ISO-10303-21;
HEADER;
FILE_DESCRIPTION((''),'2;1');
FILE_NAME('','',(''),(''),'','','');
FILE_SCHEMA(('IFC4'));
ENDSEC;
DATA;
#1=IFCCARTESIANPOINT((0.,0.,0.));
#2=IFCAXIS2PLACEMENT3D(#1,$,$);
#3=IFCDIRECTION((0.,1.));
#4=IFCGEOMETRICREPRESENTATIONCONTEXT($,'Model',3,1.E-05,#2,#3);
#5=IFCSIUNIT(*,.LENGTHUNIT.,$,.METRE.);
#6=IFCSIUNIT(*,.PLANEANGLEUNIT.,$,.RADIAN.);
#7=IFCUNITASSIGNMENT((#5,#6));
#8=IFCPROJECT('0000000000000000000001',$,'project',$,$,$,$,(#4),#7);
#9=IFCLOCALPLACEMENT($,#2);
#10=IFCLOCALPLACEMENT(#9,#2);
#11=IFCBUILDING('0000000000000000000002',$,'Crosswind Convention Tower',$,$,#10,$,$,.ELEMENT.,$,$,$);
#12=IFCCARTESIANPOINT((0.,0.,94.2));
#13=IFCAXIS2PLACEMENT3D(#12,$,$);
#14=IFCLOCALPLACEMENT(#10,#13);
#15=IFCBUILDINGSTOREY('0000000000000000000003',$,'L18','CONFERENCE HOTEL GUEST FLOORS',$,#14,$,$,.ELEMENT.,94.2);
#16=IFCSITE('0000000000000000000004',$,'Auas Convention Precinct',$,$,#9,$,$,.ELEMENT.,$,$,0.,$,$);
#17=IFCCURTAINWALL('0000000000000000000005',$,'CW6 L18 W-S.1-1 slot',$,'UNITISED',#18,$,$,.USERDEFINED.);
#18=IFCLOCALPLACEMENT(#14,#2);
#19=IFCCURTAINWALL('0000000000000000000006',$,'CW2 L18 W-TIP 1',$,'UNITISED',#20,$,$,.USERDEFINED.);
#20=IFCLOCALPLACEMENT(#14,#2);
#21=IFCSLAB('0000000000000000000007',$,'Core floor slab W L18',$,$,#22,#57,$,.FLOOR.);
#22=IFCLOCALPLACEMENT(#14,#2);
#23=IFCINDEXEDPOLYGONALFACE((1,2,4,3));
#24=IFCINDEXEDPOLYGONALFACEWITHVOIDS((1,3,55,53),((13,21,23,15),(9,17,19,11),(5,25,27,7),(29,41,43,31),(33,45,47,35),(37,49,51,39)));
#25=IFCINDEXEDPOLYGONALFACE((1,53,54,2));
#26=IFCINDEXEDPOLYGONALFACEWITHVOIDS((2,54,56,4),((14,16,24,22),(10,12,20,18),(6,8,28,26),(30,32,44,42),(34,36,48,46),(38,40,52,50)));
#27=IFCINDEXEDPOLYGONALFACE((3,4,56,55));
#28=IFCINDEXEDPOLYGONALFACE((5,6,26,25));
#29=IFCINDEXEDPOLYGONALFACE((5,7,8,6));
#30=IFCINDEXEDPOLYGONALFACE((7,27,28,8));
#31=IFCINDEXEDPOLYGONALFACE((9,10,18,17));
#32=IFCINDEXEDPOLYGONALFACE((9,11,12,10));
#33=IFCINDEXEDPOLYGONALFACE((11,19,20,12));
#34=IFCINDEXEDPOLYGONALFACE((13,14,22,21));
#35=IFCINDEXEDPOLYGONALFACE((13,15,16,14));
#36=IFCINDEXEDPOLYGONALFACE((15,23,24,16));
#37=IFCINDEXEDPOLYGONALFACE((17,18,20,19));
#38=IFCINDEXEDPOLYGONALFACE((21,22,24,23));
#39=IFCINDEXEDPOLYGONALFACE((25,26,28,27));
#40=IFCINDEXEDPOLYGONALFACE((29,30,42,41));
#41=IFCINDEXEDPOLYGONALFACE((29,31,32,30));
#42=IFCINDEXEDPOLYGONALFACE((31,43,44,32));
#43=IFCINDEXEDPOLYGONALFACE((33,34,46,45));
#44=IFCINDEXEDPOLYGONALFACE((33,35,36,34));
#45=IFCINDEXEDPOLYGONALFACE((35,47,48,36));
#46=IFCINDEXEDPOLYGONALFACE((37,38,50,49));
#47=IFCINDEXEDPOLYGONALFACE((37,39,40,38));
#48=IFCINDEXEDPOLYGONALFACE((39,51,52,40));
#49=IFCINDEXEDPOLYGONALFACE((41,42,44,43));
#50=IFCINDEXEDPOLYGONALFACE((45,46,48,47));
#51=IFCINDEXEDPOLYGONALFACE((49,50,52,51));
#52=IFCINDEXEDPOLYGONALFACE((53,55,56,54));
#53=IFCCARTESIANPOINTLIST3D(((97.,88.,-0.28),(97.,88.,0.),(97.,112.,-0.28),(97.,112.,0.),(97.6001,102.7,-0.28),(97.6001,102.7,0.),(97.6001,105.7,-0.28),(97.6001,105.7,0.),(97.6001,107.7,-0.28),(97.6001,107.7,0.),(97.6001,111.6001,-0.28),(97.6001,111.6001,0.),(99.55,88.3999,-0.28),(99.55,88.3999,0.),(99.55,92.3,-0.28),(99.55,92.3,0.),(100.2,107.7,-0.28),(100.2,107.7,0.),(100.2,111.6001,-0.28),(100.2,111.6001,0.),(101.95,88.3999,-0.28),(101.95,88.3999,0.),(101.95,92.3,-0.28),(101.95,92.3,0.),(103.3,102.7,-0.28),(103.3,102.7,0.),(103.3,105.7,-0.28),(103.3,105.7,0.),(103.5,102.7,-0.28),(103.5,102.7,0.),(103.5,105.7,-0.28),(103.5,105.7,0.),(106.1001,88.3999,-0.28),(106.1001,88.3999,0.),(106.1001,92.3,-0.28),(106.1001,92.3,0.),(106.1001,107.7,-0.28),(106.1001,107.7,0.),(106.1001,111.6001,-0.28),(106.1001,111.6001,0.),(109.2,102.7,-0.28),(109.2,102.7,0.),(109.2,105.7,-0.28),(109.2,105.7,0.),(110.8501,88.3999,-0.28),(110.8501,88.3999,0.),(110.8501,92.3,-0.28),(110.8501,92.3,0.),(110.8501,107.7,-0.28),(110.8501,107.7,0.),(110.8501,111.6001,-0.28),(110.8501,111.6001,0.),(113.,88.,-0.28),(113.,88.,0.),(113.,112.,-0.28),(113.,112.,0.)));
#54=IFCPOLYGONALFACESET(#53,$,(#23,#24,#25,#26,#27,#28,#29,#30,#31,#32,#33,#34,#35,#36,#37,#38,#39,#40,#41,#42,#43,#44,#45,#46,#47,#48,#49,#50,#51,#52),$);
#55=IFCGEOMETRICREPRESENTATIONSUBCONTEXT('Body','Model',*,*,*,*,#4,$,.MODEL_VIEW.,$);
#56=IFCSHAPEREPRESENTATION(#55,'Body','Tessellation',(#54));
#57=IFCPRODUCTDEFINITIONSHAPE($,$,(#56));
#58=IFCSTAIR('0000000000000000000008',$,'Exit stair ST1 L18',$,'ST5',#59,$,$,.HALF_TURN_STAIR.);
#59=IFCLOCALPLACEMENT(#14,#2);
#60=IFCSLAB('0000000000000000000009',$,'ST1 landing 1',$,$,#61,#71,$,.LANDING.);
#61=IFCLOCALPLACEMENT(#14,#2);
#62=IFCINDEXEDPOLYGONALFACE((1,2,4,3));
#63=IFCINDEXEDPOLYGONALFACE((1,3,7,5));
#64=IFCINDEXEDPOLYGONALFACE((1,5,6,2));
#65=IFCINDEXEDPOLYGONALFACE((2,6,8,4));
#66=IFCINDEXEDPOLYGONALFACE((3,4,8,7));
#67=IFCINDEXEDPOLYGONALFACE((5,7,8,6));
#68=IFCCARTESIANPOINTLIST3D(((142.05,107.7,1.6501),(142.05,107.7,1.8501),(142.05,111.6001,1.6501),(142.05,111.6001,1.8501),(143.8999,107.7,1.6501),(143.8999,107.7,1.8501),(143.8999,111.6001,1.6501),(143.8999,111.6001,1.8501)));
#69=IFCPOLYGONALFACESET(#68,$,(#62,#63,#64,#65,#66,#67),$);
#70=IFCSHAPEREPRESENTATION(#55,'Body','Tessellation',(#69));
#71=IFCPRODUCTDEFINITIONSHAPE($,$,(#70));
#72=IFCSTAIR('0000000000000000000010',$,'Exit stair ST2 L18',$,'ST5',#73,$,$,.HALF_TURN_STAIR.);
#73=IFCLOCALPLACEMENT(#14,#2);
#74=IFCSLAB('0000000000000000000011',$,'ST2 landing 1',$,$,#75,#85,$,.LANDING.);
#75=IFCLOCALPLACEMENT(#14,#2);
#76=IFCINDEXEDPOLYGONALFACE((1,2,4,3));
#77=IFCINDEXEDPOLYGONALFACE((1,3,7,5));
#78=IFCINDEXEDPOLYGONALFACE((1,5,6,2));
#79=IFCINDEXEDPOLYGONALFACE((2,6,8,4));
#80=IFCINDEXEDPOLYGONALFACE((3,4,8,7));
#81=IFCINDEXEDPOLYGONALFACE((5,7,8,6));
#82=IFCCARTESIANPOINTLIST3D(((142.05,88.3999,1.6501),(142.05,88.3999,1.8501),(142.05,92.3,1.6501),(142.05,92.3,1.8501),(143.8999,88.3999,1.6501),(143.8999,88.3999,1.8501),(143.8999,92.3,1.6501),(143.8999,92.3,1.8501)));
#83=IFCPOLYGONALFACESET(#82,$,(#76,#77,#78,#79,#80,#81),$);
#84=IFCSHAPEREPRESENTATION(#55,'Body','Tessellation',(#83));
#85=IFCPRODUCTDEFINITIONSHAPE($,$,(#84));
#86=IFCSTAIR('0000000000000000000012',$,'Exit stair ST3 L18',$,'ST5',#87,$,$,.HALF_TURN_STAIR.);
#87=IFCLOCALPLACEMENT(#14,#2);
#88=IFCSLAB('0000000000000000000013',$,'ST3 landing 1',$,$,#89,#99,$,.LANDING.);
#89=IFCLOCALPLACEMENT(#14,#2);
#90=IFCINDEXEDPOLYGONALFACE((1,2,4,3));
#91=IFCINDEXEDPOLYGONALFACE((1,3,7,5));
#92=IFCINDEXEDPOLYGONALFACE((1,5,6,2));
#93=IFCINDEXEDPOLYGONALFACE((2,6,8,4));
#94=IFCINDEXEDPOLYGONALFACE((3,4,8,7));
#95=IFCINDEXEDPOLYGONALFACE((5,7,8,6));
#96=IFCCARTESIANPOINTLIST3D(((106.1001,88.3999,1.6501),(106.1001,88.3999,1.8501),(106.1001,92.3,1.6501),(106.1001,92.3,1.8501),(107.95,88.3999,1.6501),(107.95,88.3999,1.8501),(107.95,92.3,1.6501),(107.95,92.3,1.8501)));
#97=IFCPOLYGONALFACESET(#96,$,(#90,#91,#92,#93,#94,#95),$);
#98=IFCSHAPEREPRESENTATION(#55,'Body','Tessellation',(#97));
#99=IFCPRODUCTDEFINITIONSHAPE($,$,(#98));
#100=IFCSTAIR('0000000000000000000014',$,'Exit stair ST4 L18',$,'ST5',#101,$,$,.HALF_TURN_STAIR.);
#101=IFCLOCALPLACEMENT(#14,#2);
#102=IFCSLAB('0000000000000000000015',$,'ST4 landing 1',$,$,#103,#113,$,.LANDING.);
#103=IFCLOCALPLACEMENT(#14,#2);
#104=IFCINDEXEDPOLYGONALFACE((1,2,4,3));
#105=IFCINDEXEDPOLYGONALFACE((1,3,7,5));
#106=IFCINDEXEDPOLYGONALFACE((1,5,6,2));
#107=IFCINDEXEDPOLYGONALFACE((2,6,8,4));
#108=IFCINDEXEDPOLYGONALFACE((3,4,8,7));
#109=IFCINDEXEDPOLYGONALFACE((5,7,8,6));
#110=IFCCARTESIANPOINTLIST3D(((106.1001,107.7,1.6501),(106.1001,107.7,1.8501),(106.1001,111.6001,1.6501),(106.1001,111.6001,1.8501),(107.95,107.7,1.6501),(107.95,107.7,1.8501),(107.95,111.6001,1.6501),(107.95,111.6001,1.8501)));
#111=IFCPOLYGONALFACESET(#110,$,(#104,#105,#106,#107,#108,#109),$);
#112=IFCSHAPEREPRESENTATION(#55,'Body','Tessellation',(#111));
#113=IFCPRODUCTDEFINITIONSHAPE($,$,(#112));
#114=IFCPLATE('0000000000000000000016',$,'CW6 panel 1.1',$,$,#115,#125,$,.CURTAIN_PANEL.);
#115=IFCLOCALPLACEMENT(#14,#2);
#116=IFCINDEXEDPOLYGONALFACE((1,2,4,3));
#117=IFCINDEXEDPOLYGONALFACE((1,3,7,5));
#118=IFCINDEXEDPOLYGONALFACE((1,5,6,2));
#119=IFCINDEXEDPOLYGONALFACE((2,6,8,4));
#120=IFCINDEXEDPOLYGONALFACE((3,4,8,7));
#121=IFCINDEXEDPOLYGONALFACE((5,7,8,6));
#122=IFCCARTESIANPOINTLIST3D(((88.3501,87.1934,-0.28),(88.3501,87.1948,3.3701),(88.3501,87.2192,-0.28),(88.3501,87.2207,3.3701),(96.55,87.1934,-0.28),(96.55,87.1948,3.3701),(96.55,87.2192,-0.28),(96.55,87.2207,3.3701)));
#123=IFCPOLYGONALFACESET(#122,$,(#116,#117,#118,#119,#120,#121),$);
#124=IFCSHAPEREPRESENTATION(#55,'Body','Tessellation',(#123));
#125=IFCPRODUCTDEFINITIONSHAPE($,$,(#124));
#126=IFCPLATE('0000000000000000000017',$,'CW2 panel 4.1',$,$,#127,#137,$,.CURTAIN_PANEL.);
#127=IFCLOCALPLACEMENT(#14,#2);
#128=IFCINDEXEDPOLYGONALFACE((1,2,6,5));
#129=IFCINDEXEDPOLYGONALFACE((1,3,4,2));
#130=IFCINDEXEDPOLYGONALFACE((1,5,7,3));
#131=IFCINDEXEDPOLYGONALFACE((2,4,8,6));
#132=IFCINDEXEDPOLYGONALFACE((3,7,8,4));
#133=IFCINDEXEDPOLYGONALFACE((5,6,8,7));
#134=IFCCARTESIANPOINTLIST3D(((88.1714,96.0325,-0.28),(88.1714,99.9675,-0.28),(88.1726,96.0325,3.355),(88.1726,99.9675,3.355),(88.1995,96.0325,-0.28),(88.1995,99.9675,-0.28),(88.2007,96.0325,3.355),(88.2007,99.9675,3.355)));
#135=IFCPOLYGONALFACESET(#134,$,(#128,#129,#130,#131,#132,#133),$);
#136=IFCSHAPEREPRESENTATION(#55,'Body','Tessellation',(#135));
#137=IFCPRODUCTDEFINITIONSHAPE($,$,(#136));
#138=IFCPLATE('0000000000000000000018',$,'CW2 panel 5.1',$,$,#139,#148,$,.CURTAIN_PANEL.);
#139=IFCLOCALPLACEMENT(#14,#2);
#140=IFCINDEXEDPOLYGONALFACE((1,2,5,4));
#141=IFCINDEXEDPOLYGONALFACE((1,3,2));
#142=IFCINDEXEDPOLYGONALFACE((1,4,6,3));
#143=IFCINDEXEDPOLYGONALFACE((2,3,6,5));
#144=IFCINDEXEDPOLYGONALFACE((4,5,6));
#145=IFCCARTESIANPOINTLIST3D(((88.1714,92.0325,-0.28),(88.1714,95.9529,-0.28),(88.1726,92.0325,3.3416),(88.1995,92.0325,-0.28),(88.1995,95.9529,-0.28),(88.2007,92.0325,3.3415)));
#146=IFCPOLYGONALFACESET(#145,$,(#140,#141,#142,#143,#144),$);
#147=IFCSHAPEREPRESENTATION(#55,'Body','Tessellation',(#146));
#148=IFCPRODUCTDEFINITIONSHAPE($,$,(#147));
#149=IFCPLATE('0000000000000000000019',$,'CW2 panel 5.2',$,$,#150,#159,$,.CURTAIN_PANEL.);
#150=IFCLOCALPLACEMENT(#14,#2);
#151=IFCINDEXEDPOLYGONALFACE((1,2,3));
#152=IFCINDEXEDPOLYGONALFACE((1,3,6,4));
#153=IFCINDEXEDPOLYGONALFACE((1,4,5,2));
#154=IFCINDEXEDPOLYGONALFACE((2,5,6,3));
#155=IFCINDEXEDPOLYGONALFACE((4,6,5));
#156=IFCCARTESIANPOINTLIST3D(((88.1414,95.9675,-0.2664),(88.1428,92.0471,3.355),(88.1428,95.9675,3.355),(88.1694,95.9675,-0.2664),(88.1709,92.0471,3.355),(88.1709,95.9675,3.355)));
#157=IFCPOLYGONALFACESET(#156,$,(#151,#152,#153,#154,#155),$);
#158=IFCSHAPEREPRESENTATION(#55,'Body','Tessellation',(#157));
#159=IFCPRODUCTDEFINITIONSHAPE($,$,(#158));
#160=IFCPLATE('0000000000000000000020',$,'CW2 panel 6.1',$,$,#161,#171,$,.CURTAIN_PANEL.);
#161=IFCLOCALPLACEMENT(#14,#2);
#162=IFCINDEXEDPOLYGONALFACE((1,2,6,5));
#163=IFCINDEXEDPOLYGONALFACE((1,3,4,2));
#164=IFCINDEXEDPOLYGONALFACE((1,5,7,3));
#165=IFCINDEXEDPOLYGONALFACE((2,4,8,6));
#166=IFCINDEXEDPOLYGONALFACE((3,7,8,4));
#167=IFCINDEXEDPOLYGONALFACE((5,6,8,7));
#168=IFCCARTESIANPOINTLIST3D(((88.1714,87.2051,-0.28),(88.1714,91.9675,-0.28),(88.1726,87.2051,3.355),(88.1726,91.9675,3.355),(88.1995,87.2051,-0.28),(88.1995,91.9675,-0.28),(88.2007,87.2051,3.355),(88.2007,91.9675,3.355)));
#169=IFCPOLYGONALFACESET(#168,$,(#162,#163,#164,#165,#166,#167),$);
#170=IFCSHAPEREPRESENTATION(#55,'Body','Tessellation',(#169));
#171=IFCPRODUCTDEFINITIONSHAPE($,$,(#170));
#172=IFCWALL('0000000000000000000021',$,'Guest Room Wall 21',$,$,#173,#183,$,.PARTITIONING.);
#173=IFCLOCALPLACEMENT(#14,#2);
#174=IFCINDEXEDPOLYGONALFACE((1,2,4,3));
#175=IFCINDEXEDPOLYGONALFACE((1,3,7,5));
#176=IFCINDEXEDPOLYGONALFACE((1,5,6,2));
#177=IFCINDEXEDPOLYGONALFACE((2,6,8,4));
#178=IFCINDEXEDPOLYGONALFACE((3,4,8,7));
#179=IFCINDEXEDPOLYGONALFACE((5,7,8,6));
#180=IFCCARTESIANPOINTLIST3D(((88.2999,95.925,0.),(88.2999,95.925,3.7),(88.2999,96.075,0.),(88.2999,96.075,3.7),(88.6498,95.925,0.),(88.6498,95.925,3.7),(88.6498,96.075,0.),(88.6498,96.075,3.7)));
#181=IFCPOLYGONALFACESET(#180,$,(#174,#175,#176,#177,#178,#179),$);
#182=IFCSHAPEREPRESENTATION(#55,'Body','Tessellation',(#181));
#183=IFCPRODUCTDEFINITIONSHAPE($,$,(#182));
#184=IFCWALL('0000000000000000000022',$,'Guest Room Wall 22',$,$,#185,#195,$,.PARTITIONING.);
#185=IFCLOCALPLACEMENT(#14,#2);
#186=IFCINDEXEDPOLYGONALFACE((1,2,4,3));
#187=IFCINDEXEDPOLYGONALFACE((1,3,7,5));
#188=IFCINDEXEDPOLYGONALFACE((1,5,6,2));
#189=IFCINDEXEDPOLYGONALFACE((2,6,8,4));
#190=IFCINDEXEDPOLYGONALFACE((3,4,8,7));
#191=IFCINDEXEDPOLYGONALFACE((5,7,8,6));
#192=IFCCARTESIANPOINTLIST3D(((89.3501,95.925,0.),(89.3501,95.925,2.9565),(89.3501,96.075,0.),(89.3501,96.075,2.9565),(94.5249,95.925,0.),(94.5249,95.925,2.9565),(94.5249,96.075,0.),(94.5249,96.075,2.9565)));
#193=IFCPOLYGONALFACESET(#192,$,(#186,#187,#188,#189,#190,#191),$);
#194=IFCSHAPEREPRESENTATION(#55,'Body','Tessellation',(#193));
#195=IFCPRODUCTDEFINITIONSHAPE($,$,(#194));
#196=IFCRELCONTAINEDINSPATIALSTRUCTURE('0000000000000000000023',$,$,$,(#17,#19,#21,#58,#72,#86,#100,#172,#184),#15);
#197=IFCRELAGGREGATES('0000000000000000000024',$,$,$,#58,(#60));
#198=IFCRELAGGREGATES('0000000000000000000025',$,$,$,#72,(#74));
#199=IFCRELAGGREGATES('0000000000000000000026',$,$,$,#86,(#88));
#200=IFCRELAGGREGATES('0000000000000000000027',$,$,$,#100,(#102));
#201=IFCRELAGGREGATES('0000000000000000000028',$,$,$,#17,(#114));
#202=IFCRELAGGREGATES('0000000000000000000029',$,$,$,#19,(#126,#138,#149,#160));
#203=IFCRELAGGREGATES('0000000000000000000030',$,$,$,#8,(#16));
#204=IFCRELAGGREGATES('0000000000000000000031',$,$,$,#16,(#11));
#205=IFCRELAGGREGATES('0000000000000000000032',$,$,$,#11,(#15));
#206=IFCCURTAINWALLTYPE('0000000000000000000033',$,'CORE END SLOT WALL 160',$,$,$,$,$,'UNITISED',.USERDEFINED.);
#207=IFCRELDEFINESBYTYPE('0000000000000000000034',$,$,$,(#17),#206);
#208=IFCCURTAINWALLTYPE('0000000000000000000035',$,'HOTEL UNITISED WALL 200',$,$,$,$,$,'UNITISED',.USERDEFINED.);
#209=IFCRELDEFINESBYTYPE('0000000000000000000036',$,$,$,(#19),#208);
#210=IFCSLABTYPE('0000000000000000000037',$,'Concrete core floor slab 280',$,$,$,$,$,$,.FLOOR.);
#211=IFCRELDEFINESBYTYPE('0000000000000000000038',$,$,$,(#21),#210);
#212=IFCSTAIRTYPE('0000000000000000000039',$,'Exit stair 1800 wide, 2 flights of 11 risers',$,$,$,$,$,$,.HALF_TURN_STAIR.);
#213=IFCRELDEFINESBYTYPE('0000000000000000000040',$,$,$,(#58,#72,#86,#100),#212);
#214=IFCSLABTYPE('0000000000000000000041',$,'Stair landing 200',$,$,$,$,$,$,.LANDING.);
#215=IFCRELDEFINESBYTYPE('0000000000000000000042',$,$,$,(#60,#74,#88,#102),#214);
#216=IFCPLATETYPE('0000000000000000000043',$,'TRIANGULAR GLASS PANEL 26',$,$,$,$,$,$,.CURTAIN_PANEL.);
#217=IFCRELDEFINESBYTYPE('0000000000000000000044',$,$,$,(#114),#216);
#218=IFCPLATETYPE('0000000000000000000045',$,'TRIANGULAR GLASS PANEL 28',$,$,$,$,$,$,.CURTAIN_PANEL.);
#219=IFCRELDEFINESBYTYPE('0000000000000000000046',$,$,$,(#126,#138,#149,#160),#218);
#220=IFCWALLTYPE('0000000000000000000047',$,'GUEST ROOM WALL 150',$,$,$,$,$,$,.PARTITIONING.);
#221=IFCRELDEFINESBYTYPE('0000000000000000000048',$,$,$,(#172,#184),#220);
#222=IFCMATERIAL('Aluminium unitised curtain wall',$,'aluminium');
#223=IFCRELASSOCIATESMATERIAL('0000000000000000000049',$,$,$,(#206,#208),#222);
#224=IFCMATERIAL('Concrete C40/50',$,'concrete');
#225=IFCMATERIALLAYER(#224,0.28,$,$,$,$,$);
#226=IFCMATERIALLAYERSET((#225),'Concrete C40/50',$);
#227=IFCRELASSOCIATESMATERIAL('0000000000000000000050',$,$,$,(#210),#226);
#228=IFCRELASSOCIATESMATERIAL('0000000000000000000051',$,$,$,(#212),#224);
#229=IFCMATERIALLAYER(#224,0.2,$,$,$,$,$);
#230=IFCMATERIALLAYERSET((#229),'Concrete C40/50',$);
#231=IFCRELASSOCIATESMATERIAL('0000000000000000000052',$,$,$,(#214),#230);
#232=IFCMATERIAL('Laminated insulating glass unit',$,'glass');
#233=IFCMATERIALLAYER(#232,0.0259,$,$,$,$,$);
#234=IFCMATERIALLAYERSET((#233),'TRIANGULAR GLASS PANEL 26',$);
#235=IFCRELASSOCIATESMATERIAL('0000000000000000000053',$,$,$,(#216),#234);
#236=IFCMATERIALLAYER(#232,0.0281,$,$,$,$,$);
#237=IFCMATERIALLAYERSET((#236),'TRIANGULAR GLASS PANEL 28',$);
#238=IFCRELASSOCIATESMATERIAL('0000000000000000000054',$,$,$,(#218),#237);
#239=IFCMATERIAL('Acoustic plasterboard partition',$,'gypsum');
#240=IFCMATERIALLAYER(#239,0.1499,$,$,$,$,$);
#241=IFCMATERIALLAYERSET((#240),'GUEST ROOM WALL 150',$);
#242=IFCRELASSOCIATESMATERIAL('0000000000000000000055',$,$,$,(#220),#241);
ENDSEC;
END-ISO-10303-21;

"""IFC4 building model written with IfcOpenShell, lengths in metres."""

from ifc_helpers import new_model, si_unit, direction, frame, frame_2d, origin, place, context, subcontext, project, spatial, polyline, rectangle, outline, extrude, material, layer, layer_set, type_object, element, aggregate, save


model = new_model("IFC4")

# Units and contexts
model_context = context("Model", 3, precision=1e-05, world=origin(), true_north=direction((0.0, 1.0)))
body_context = subcontext(model_context, "Body", "Model", "MODEL_VIEW")
ifc_project = project(units=[si_unit("LENGTHUNIT", "METRE"), si_unit("PLANEANGLEUNIT", "RADIAN")], contexts=[model_context])

# Site, building, storey
site_placement = place(None, origin())
site = spatial("IfcSite", under=ifc_project, at=site_placement, Name="Auas Convention Precinct", CompositionType="ELEMENT", RefElevation=0.0)
building_placement = place(site_placement, origin())
building = spatial("IfcBuilding", under=site, at=building_placement, Name="Crosswind Convention Tower", CompositionType="ELEMENT")
storey_placement = place(building_placement, frame((0.0, 0.0, 94.2)))
storey = spatial("IfcBuildingStorey", under=building, at=storey_placement, Name="L18", Description="CONFERENCE HOTEL GUEST FLOORS", CompositionType="ELEMENT", Elevation=94.2)

# Curtain wall
ifc_material_1 = material(Name="Aluminium unitised curtain wall", Category="aluminium")
curtain_wall_type_1 = type_object("IfcCurtainWallType", Name="CORE END SLOT WALL 160", ElementType="UNITISED", PredefinedType="USERDEFINED", material=ifc_material_1)
curtain_wall_1_placement = place(storey_placement, origin())
curtain_wall_1 = element("IfcCurtainWall", 1, at=curtain_wall_1_placement, inside=storey, type_object=curtain_wall_type_1, Name="CW6 L18 W-S.1-1 slot", ObjectType="UNITISED", PredefinedType="USERDEFINED")

# Curtain wall
curtain_wall_type_2 = type_object("IfcCurtainWallType", Name="HOTEL UNITISED WALL 200", ElementType="UNITISED", PredefinedType="USERDEFINED", material=ifc_material_1)
curtain_wall_2_placement = place(storey_placement, origin())
curtain_wall_2 = element("IfcCurtainWall", 2, at=curtain_wall_2_placement, inside=storey, type_object=curtain_wall_type_2, Name="CW2 L18 W-TIP 1", ObjectType="UNITISED", PredefinedType="USERDEFINED")

# Slab
ifc_material_2 = material(Name="Concrete C40/50", Category="concrete")
ifc_layer_1 = layer(ifc_material_2, 0.28)
ifc_layer_set_1 = layer_set([ifc_layer_1], Name="Concrete C40/50")
slab_type_1 = type_object("IfcSlabType", Name="Concrete core floor slab 280", PredefinedType="FLOOR", material=ifc_layer_set_1)
slab_1_placement = place(storey_placement, frame((0.0, 0.0, -0.28)))
element("IfcSlab", 3, at=slab_1_placement, inside=storey, type_object=slab_type_1, Name="Core floor slab W L18", PredefinedType="FLOOR", context=body_context, shape_type="SweptSolid", body=[
    extrude(outline(polyline([(97.0, 88.0), (113.0, 88.0), (113.0, 112.0), (97.0, 112.0), (97.0, 88.0)]), holes=[polyline([(109.2, 102.7), (109.2, 105.7), (103.5, 105.7), (103.5, 102.7), (109.2, 102.7)]), polyline([(103.3, 102.7), (103.3, 105.7), (97.6001, 105.7), (97.6001, 102.7), (103.3, 102.7)]), polyline([(101.95, 88.3999), (101.95, 92.3), (99.55, 92.3), (99.55, 88.3999), (101.95, 88.3999)]), polyline([(100.2, 107.7), (100.2, 111.6001), (97.6001, 111.6001), (97.6001, 107.7), (100.2, 107.7)]), polyline([(110.8501, 88.3999), (110.8501, 92.3), (106.1001, 92.3), (106.1001, 88.3999), (110.8501, 88.3999)]), polyline([(110.8501, 107.7), (110.8501, 111.6001), (106.1001, 111.6001), (106.1001, 107.7), (110.8501, 107.7)])]), origin(), (0.0, 0.0, 1.0), 0.28),
])

# Stairs, slabs
stair_type = type_object("IfcStairType", Name="Exit stair 1800 wide, 2 flights of 11 risers", PredefinedType="HALF_TURN_STAIR", material=ifc_material_2)
stair_1_placement = place(storey_placement, origin())
stair_1 = element("IfcStair", 4, at=stair_1_placement, inside=storey, type_object=stair_type, Name="Exit stair ST1 L18", ObjectType="ST5", PredefinedType="HALF_TURN_STAIR")
ifc_layer_2 = layer(ifc_material_2, 0.2)
ifc_layer_set_2 = layer_set([ifc_layer_2], Name="Concrete C40/50")
slab_type_2 = type_object("IfcSlabType", Name="Stair landing 200", PredefinedType="LANDING", material=ifc_layer_set_2)
slab_2_placement = place(storey_placement, frame((0.0, 0.0, 1.6501)))
slab_2 = element("IfcSlab", 5, at=slab_2_placement, type_object=slab_type_2, Name="ST1 landing 1", PredefinedType="LANDING", context=body_context, shape_type="SweptSolid", body=[
    extrude(outline(polyline([(143.8999, 107.7), (143.8999, 111.6001), (142.05, 111.6001), (142.05, 107.7), (143.8999, 107.7)])), origin(), (0.0, 0.0, 1.0), 0.2),
])
aggregate(stair_1, [slab_2])
stair_2_placement = place(storey_placement, origin())
stair_2 = element("IfcStair", 6, at=stair_2_placement, inside=storey, type_object=stair_type, Name="Exit stair ST2 L18", ObjectType="ST5", PredefinedType="HALF_TURN_STAIR")
slab_3_placement = place(storey_placement, frame((0.0, 0.0, 1.6501)))
slab_3 = element("IfcSlab", 7, at=slab_3_placement, type_object=slab_type_2, Name="ST2 landing 1", PredefinedType="LANDING", context=body_context, shape_type="SweptSolid", body=[
    extrude(outline(polyline([(143.8999, 88.3999), (143.8999, 92.3), (142.05, 92.3), (142.05, 88.3999), (143.8999, 88.3999)])), origin(), (0.0, 0.0, 1.0), 0.2),
])
aggregate(stair_2, [slab_3])
stair_3_placement = place(storey_placement, origin())
stair_3 = element("IfcStair", 8, at=stair_3_placement, inside=storey, type_object=stair_type, Name="Exit stair ST3 L18", ObjectType="ST5", PredefinedType="HALF_TURN_STAIR")
slab_4_placement = place(storey_placement, frame((0.0, 0.0, 1.6501)))
slab_4 = element("IfcSlab", 9, at=slab_4_placement, type_object=slab_type_2, Name="ST3 landing 1", PredefinedType="LANDING", context=body_context, shape_type="SweptSolid", body=[
    extrude(outline(polyline([(107.95, 88.3999), (107.95, 92.3), (106.1001, 92.3), (106.1001, 88.3999), (107.95, 88.3999)])), origin(), (0.0, 0.0, 1.0), 0.2),
])
aggregate(stair_3, [slab_4])
stair_4_placement = place(storey_placement, origin())
stair_4 = element("IfcStair", 10, at=stair_4_placement, inside=storey, type_object=stair_type, Name="Exit stair ST4 L18", ObjectType="ST5", PredefinedType="HALF_TURN_STAIR")
slab_5_placement = place(storey_placement, frame((0.0, 0.0, 1.6501)))
slab_5 = element("IfcSlab", 11, at=slab_5_placement, type_object=slab_type_2, Name="ST4 landing 1", PredefinedType="LANDING", context=body_context, shape_type="SweptSolid", body=[
    extrude(outline(polyline([(107.95, 107.7), (107.95, 111.6001), (106.1001, 111.6001), (106.1001, 107.7), (107.95, 107.7)])), origin(), (0.0, 0.0, 1.0), 0.2),
])
aggregate(stair_4, [slab_5])

# Plates
ifc_material_3 = material(Name="Laminated insulating glass unit", Category="glass")
ifc_layer_3 = layer(ifc_material_3, 0.0259)
ifc_layer_set_3 = layer_set([ifc_layer_3], Name="TRIANGULAR GLASS PANEL 26")
plate_type_1 = type_object("IfcPlateType", Name="TRIANGULAR GLASS PANEL 26", PredefinedType="CURTAIN_PANEL", material=ifc_layer_set_3)
plate_1_placement = place(storey_placement, frame((88.3501, 87.1934, -0.28), z_axis=(0.0, -1.0, 0.000401), x_axis=(1.0, 0.0, 0.0)))
plate_1 = element("IfcPlate", 12, at=plate_1_placement, type_object=plate_type_1, Name="CW6 panel 1.1", PredefinedType="CURTAIN_PANEL", context=body_context, shape_type="SweptSolid", body=[
    extrude(outline(polyline([(0.0, 0.0), (8.2, 0.0), (8.2, 3.6501), (0.0, 3.6501), (0.0, 0.0)])), origin(), (0.0, 0.0, -1.0), 0.0259),
])
aggregate(curtain_wall_1, [plate_1])
ifc_layer_4 = layer(ifc_material_3, 0.0281)
ifc_layer_set_4 = layer_set([ifc_layer_4], Name="TRIANGULAR GLASS PANEL 28")
plate_type_2 = type_object("IfcPlateType", Name="TRIANGULAR GLASS PANEL 28", PredefinedType="CURTAIN_PANEL", material=ifc_layer_set_4)
plate_2_placement = place(storey_placement, frame((88.1714, 99.9675, -0.28), z_axis=(-1.0, 0.0, 0.000336), x_axis=(0.0, -1.0, 0.0)))
plate_2 = element("IfcPlate", 13, at=plate_2_placement, type_object=plate_type_2, Name="CW2 panel 4.1", PredefinedType="CURTAIN_PANEL", context=body_context, shape_type="SweptSolid", body=[
    extrude(outline(polyline([(0.0, 0.0), (3.9351, 0.0), (3.9351, 3.635), (0.0, 3.635), (0.0, 0.0)])), origin(), (0.0, 0.0, -1.0), 0.0281),
])
plate_3_placement = place(storey_placement, frame((88.1714, 92.0325, -0.28), z_axis=(-1.0, 0.0, 0.000337), x_axis=(0.000337, 0.0, 1.0)))
plate_3 = element("IfcPlate", 14, at=plate_3_placement, type_object=plate_type_2, Name="CW2 panel 5.1", PredefinedType="CURTAIN_PANEL", context=body_context, shape_type="SweptSolid", body=[
    extrude(outline(polyline([(0.0, 0.0), (3.6216, 0.0), (0.0, 3.9204), (0.0, 0.0)])), origin(), (0.0, 0.0, -1.0), 0.0281),
])
plate_4_placement = place(storey_placement, frame((88.1428, 95.9675, 3.355), z_axis=(-1.0, 0.0, 0.000405), x_axis=(-0.000405, 0.0, -1.0)))
plate_4 = element("IfcPlate", 15, at=plate_4_placement, type_object=plate_type_2, Name="CW2 panel 5.2", PredefinedType="CURTAIN_PANEL", context=body_context, shape_type="SweptSolid", body=[
    extrude(outline(polyline([(0.0, 0.0), (3.6213, 0.0), (0.0, 3.9204), (0.0, 0.0)])), origin(), (0.0, 0.0, -1.0), 0.0281),
])
plate_5_placement = place(storey_placement, frame((88.1714, 91.9675, -0.28), z_axis=(-1.0, 0.0, 0.000336), x_axis=(0.0, -1.0, 0.0)))
plate_5 = element("IfcPlate", 16, at=plate_5_placement, type_object=plate_type_2, Name="CW2 panel 6.1", PredefinedType="CURTAIN_PANEL", context=body_context, shape_type="SweptSolid", body=[
    extrude(outline(polyline([(0.0, 0.0), (4.7625, 0.0), (4.7625, 3.635), (0.0, 3.635), (0.0, 0.0)])), origin(), (0.0, 0.0, -1.0), 0.0281),
])
aggregate(curtain_wall_2, [plate_2, plate_3, plate_4, plate_5])

# Walls
ifc_material_4 = material(Name="Acoustic plasterboard partition", Category="gypsum")
ifc_layer_5 = layer(ifc_material_4, 0.1499)
ifc_layer_set_5 = layer_set([ifc_layer_5], Name="GUEST ROOM WALL 150")
wall_type = type_object("IfcWallType", Name="GUEST ROOM WALL 150", PredefinedType="PARTITIONING", material=ifc_layer_set_5)
wall_1_placement = place(storey_placement, frame((88.3, 96.0, 0.0), z_axis=(0.0, 0.0, 1.0), x_axis=(1.0, 0.0, 0.0)))
element("IfcWall", 17, at=wall_1_placement, inside=storey, type_object=wall_type, Name="Guest Room Wall 21", PredefinedType="PARTITIONING", context=body_context, shape_type="SweptSolid", body=[
    extrude(rectangle(XDim=0.3499, YDim=0.1499, at=frame_2d((0.1748, 0.0))), origin(), (0.0, 0.0, 1.0), 3.7),
])
wall_2_placement = place(storey_placement, frame((89.3501, 96.0, 0.0), z_axis=(0.0, 0.0, 1.0), x_axis=(1.0, 0.0, 0.0)))
element("IfcWall", 18, at=wall_2_placement, inside=storey, type_object=wall_type, Name="Guest Room Wall 22", PredefinedType="PARTITIONING", context=body_context, shape_type="SweptSolid", body=[
    extrude(rectangle(XDim=5.1748, YDim=0.1499, at=frame_2d((2.5874, 0.0))), origin(), (0.0, 0.0, 1.0), 2.9565),
])

save(model, "model.ifc")
